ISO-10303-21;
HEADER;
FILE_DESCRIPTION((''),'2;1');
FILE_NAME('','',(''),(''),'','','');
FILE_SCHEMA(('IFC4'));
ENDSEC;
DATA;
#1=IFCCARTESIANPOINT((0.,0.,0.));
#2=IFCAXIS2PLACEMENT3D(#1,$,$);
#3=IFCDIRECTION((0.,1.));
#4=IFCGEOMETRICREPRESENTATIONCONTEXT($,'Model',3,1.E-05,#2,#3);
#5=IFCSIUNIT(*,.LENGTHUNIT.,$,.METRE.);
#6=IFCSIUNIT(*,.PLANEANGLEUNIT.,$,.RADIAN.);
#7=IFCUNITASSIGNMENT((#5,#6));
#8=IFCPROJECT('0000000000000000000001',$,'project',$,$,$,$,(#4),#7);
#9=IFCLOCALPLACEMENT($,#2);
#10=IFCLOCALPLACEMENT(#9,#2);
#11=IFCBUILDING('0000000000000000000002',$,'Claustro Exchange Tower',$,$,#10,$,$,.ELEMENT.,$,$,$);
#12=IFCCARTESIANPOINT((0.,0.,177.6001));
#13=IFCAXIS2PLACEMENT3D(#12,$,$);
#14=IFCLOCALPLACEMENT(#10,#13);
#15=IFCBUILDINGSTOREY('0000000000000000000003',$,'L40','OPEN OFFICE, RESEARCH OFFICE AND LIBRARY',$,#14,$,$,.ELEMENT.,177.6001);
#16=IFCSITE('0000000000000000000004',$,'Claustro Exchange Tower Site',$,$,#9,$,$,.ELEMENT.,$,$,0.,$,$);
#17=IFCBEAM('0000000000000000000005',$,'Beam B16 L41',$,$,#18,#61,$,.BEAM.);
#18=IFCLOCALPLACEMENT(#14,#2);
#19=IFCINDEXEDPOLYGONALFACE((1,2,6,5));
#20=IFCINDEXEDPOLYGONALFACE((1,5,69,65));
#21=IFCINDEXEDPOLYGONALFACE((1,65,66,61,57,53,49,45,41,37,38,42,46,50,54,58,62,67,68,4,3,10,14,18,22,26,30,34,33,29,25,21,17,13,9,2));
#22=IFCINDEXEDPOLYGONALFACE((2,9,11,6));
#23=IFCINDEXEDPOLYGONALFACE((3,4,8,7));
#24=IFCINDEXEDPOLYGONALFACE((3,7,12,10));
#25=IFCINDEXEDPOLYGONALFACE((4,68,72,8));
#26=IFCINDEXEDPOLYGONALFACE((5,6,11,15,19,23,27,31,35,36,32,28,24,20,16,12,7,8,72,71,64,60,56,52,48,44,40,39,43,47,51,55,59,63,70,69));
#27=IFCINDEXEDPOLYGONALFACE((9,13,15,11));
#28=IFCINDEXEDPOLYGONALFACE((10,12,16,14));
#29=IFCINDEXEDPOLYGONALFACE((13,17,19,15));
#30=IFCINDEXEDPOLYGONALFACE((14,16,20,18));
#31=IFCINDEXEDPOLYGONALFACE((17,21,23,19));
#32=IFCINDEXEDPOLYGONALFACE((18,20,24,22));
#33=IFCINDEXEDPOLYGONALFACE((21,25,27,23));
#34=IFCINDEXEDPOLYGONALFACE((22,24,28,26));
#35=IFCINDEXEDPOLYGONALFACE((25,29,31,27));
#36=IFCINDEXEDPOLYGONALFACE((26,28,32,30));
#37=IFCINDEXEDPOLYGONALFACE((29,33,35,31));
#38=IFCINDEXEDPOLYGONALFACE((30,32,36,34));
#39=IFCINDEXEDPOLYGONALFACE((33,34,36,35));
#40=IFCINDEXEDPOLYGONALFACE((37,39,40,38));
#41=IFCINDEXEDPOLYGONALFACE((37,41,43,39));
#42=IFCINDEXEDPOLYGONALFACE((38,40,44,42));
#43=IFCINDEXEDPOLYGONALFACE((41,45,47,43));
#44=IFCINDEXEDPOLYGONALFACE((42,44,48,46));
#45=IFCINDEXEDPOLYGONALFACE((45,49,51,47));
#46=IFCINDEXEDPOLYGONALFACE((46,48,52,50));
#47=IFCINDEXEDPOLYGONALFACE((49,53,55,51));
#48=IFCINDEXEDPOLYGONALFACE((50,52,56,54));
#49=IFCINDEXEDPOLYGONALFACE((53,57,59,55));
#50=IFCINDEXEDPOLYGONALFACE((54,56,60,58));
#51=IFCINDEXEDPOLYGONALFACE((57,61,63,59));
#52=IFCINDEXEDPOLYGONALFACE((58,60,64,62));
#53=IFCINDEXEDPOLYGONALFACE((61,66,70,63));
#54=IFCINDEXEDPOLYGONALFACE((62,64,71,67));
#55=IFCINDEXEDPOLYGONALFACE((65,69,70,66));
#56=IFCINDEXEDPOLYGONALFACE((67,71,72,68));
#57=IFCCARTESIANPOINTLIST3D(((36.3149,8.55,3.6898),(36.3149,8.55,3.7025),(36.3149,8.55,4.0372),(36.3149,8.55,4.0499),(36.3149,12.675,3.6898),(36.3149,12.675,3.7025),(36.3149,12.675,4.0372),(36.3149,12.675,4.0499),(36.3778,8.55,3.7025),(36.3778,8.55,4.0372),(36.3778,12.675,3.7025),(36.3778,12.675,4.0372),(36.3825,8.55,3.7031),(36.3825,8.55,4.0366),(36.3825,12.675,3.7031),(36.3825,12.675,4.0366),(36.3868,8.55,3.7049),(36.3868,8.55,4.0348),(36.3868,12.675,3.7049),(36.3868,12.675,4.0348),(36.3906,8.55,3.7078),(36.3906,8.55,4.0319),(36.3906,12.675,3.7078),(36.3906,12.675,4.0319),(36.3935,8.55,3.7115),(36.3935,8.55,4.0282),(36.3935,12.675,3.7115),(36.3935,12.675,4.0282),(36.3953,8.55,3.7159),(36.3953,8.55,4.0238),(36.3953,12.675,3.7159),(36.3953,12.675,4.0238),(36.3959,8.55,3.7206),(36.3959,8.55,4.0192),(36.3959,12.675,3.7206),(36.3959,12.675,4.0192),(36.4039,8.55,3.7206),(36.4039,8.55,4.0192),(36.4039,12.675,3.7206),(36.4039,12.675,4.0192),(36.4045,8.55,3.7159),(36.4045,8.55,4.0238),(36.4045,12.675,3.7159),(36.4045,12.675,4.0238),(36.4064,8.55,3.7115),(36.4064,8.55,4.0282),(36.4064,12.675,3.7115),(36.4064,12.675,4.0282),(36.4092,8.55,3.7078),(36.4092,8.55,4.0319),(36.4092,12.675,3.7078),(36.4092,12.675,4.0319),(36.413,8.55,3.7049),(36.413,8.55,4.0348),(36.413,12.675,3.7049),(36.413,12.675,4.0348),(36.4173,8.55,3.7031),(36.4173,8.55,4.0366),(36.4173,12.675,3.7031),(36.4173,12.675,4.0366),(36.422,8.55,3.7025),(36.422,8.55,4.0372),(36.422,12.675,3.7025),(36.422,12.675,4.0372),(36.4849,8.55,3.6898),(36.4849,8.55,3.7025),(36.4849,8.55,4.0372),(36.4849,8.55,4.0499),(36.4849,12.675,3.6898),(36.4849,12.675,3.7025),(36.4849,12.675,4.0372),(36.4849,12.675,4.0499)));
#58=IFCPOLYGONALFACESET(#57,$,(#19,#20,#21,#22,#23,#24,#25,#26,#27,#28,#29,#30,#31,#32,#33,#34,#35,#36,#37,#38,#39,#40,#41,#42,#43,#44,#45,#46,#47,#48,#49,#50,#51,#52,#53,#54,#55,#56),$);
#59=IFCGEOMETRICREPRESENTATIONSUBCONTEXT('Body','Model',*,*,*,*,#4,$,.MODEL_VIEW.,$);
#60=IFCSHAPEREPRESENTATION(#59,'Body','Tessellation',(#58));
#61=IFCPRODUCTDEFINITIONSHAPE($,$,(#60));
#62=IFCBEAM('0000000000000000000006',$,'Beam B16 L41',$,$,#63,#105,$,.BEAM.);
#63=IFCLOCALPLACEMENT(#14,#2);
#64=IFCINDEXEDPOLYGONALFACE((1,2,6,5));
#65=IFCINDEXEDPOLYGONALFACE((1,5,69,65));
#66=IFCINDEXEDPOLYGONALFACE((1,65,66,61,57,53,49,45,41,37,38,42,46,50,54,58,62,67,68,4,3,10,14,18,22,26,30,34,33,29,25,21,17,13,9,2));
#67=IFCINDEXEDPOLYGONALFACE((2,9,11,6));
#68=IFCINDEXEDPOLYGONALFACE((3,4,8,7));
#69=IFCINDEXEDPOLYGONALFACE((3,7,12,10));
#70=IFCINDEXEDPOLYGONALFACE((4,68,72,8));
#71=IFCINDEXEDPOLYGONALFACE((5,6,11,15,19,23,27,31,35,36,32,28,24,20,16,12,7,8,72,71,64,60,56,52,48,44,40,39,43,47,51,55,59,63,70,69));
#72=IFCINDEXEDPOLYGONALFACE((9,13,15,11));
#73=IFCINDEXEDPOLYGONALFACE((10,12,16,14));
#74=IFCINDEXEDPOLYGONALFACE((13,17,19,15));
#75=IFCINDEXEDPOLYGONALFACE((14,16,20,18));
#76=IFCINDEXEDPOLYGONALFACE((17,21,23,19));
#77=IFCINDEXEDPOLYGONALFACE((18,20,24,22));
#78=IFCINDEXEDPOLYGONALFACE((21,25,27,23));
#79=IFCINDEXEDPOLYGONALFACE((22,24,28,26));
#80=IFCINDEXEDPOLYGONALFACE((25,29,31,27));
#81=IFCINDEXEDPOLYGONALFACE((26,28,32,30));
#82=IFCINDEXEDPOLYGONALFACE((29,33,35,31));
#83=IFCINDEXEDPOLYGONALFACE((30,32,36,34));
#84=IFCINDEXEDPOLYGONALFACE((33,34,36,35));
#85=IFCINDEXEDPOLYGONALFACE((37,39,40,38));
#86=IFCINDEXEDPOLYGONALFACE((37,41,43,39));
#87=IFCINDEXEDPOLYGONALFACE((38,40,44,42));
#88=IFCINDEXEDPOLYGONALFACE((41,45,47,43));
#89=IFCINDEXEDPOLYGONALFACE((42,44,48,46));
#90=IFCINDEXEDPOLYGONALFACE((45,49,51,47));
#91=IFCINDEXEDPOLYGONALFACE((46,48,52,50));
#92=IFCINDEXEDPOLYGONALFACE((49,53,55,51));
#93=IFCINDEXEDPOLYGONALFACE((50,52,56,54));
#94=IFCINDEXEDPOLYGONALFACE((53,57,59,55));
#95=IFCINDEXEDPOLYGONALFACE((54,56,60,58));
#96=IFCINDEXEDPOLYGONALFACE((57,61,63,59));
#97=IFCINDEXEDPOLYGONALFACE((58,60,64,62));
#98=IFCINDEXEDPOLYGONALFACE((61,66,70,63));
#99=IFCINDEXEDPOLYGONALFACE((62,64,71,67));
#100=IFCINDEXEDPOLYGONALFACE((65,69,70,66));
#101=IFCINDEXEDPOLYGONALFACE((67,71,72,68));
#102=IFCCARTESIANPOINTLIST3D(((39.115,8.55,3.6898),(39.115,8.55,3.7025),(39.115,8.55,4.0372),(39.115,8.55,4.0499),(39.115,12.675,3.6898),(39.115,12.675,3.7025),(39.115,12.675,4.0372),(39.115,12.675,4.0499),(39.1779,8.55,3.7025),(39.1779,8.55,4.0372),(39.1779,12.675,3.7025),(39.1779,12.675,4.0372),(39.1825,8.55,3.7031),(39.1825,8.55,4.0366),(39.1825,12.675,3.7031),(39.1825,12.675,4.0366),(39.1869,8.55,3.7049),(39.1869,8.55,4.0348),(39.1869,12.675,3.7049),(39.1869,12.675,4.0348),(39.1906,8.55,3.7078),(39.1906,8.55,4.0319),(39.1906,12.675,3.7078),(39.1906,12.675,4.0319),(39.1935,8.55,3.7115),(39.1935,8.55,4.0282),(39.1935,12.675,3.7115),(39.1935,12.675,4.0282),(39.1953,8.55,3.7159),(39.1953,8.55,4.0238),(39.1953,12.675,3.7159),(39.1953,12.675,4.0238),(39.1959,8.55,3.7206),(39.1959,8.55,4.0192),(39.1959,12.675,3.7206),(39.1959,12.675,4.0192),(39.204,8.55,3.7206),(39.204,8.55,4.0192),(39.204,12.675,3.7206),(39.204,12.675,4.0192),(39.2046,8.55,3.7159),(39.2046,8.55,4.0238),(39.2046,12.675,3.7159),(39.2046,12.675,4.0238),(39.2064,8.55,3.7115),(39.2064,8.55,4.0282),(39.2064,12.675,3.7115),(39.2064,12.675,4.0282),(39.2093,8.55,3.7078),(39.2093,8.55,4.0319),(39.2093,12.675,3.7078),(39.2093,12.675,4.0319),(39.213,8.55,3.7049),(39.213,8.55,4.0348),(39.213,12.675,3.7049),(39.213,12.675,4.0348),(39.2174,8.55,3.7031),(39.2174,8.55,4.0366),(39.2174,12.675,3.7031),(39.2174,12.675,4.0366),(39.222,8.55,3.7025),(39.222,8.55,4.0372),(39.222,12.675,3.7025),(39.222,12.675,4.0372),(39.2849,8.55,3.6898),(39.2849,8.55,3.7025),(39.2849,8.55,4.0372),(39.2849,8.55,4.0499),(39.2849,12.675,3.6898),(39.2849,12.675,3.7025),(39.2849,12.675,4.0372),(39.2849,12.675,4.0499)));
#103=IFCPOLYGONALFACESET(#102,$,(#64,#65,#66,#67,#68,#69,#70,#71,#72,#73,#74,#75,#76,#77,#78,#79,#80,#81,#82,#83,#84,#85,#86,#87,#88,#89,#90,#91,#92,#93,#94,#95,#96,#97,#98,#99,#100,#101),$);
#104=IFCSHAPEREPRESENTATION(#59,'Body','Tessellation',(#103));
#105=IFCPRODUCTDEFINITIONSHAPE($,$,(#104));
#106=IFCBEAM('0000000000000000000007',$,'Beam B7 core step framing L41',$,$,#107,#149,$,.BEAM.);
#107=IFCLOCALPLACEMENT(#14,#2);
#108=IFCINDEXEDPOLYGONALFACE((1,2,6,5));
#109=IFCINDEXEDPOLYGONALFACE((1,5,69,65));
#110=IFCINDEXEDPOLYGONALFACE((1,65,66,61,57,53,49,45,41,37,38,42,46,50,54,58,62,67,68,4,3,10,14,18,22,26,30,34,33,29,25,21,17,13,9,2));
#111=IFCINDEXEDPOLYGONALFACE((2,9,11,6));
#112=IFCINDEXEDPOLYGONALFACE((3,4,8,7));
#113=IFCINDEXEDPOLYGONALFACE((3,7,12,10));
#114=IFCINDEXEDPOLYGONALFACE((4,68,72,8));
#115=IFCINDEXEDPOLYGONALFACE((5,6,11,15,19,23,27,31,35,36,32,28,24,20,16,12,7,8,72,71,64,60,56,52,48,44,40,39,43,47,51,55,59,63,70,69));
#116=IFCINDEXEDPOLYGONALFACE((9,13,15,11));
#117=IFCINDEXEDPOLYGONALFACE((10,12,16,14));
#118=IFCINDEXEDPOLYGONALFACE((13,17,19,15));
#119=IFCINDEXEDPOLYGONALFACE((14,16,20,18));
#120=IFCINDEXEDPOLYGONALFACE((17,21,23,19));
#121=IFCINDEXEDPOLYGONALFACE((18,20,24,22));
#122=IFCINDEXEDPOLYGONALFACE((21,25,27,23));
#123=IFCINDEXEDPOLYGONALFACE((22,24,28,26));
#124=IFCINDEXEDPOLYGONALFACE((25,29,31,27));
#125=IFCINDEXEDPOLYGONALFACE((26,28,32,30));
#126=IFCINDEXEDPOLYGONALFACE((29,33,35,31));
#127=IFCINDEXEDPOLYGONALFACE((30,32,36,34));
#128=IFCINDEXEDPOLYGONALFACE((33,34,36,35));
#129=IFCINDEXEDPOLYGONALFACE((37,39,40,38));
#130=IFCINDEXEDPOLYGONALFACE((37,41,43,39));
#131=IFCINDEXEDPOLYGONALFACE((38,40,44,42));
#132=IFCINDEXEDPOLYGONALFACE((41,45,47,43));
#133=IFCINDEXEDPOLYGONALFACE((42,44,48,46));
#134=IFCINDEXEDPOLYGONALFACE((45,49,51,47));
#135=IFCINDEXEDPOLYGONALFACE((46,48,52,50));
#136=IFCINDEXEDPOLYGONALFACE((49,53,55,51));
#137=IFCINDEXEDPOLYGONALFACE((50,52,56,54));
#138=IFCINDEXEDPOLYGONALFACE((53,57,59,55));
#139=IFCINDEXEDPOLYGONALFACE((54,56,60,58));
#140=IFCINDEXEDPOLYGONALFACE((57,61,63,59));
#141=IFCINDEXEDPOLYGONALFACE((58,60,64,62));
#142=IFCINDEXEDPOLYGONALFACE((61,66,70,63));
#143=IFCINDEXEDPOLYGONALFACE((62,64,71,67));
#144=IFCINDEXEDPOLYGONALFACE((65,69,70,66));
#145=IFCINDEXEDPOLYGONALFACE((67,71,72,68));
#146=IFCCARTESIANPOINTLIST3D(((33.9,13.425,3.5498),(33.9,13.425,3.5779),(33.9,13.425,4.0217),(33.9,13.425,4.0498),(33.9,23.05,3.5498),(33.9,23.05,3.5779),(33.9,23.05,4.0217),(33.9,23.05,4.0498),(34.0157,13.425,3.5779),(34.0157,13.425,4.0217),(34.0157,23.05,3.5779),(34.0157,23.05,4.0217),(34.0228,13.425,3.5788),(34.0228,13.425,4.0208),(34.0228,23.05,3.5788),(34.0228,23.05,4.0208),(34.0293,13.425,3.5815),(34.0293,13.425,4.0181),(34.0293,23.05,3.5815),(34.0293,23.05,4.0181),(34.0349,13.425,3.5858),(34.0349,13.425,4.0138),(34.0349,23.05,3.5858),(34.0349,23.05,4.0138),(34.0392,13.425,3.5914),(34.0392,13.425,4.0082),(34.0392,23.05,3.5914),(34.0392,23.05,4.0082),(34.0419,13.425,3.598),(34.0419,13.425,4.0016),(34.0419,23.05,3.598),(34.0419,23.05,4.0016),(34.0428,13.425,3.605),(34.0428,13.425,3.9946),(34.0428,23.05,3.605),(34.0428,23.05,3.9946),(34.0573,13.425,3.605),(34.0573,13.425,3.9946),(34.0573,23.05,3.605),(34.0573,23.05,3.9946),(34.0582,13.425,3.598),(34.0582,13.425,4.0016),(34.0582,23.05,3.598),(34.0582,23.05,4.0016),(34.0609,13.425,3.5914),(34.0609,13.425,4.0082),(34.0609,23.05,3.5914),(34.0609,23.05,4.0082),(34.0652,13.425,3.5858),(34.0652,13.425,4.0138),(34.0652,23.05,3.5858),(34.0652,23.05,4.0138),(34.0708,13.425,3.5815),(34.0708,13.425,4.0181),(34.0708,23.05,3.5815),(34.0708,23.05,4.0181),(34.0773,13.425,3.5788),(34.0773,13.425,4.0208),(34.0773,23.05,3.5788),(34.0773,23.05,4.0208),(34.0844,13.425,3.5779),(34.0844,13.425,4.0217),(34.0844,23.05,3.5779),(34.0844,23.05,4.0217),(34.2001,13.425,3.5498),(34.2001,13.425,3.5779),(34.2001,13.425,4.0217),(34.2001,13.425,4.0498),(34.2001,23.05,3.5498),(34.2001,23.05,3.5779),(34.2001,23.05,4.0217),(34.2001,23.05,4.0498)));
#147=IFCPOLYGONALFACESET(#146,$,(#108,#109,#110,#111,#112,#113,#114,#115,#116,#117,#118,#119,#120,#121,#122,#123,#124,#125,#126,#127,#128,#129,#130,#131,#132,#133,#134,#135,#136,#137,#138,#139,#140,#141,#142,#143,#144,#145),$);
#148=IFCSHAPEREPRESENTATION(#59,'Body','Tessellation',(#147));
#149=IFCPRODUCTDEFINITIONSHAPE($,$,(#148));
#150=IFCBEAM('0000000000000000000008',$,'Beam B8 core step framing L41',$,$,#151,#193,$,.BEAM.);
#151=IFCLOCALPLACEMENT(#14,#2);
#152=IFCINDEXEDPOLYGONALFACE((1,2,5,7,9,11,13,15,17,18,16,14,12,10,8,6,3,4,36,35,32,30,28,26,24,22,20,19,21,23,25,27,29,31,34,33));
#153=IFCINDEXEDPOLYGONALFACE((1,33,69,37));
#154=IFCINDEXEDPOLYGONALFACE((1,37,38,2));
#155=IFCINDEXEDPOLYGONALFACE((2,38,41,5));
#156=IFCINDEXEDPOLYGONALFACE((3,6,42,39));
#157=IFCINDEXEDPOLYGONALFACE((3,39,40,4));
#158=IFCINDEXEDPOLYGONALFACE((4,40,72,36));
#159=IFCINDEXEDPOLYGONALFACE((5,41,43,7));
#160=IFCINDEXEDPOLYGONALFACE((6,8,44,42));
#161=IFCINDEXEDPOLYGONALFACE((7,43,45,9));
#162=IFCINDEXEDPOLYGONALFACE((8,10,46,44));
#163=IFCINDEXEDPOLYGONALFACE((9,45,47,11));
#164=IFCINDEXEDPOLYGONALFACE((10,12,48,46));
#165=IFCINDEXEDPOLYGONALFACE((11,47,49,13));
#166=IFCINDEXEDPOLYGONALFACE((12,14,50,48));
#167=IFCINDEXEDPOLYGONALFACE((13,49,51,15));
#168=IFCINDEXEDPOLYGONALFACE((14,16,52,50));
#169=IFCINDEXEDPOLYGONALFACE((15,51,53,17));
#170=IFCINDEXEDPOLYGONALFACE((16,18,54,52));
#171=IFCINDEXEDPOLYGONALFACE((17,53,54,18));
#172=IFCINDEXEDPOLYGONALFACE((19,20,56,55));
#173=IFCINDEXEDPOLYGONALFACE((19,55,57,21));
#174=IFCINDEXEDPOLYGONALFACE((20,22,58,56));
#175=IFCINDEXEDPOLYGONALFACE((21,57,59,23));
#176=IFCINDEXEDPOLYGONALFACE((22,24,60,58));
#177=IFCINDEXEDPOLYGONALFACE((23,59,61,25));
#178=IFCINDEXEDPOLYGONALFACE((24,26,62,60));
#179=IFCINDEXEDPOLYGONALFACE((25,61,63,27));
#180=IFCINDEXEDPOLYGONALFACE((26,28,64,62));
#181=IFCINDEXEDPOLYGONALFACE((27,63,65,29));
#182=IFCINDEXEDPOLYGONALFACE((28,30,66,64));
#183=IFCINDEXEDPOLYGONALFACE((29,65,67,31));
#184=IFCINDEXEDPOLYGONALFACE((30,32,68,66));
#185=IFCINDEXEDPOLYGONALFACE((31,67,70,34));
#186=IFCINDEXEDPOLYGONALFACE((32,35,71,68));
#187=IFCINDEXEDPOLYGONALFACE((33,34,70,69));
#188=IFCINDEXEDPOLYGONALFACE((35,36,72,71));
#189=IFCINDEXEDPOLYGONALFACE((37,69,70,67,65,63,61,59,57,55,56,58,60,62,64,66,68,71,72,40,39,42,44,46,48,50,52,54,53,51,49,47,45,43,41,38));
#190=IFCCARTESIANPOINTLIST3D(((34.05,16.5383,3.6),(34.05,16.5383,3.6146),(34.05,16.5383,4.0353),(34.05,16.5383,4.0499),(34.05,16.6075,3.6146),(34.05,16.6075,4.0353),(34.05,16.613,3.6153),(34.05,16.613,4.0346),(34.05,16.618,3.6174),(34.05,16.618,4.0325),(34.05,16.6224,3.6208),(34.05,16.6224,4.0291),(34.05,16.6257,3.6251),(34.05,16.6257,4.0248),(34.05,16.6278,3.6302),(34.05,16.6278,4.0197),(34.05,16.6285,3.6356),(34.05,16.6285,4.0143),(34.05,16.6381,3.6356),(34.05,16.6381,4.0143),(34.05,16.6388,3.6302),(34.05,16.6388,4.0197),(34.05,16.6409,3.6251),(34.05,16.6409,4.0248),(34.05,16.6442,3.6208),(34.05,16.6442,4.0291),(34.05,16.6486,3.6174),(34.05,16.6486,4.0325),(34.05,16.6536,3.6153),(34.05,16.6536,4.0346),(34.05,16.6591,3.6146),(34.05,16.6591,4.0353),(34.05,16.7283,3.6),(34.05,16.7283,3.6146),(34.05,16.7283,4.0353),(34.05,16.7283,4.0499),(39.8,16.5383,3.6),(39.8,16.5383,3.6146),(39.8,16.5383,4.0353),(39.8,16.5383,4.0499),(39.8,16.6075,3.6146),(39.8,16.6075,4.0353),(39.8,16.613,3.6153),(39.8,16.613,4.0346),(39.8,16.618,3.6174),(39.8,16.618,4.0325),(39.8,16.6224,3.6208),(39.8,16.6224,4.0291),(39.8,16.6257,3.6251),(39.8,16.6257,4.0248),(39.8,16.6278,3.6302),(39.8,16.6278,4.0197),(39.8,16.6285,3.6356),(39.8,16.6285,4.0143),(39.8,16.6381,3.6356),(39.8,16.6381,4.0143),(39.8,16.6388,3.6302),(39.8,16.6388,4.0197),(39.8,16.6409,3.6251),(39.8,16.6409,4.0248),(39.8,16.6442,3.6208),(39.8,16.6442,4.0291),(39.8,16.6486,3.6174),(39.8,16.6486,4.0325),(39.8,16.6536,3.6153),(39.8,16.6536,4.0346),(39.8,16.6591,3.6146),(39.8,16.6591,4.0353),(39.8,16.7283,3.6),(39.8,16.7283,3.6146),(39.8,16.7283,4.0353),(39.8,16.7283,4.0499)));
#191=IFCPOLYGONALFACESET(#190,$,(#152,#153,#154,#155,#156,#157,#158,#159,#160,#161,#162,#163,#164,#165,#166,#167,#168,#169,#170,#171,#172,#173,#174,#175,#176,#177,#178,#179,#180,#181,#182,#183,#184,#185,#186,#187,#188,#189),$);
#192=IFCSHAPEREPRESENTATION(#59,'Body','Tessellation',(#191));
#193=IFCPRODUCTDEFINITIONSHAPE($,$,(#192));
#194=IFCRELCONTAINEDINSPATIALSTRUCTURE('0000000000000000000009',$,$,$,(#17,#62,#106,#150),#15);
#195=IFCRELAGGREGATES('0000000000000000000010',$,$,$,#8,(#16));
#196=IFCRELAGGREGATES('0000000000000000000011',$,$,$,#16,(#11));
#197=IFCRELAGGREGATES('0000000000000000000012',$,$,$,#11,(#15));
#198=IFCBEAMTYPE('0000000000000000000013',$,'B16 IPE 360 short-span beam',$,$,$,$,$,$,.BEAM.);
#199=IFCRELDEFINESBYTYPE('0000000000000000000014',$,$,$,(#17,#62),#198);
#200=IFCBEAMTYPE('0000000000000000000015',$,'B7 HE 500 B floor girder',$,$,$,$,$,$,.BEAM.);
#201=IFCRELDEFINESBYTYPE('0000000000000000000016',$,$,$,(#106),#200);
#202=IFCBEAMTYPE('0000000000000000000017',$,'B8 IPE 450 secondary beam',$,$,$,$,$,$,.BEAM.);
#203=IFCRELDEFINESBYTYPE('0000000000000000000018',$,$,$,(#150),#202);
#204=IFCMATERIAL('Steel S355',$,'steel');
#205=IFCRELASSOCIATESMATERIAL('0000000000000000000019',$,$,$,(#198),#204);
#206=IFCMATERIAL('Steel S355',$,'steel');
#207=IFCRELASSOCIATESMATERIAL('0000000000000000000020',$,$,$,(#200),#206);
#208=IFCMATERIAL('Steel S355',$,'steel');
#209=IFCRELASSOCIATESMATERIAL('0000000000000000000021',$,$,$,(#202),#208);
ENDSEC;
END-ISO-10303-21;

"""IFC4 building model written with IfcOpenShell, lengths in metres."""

from ifc_helpers import new_model, si_unit, direction, frame, origin, origin_2d, place, context, subcontext, project, spatial, i_section, extrude, material, material_profile, profile_set, type_object, element, save


model = new_model("IFC4")

# Units and contexts
model_context = context("Model", 3, precision=1e-05, world=origin(), true_north=direction((0.0, 1.0)))
body_context = subcontext(model_context, "Body", "Model", "MODEL_VIEW")
ifc_project = project(units=[si_unit("LENGTHUNIT", "METRE"), si_unit("PLANEANGLEUNIT", "RADIAN")], contexts=[model_context])

# Site, building, storey
site_placement = place(None, origin())
site = spatial("IfcSite", under=ifc_project, at=site_placement, Name="Claustro Exchange Tower Site", CompositionType="ELEMENT", RefElevation=0.0)
building_placement = place(site_placement, origin())
building = spatial("IfcBuilding", under=site, at=building_placement, Name="Claustro Exchange Tower", CompositionType="ELEMENT")
storey_placement = place(building_placement, frame((0.0, 0.0, 177.6001)))
storey = spatial("IfcBuildingStorey", under=building, at=storey_placement, Name="L40", Description="OPEN OFFICE, RESEARCH OFFICE AND LIBRARY", CompositionType="ELEMENT", Elevation=177.6001)

# Beams
ifc_material_1 = material(Name="Steel S355", Category="steel")
ifc_material_profile_1 = material_profile(ifc_material_1, i_section(OverallWidth=0.1699, OverallDepth=0.3601, WebThickness=0.0081, FlangeThickness=0.0127, FilletRadius=0.0181, at=origin_2d()), Name="IPE 360")
ifc_profile_set_1 = profile_set([ifc_material_profile_1], Name="Steel S355")
beam_type_1 = type_object("IfcBeamType", Name="B16 IPE 360 short-span beam", PredefinedType="BEAM", material=ifc_profile_set_1)
for number, where, z_axis, x_axis, name in (
    (1, (36.3999, 8.55, 3.8699), (0.0, 1.0, 0.0), (-1.0, 0.0, 0.0), "Beam B16 L41"),
    (2, (39.2, 8.55, 3.8699), (0.0, 1.0, 0.0), (-1.0, 0.0, 0.0), "Beam B16 L41"),
):
    element("IfcBeam", number, at=place(storey_placement, frame(where, z_axis=z_axis, x_axis=x_axis)), inside=storey, type_object=beam_type_1, Name=name, PredefinedType="BEAM", context=body_context, shape_type="SweptSolid", body=[
        extrude(i_section(OverallWidth=0.1699, OverallDepth=0.3601, WebThickness=0.0081, FlangeThickness=0.0127, FilletRadius=0.0181, at=origin_2d()), origin(), (0.0, 0.0, 1.0), 4.125),
    ])
ifc_material_2 = material(Name="Steel S355", Category="steel")
ifc_material_profile_2 = material_profile(ifc_material_2, i_section(OverallWidth=0.3, OverallDepth=0.5, WebThickness=0.0144, FlangeThickness=0.0281, FilletRadius=0.0271, at=origin_2d()), Name="HE 500 B")
ifc_profile_set_2 = profile_set([ifc_material_profile_2], Name="Steel S355")
beam_type_2 = type_object("IfcBeamType", Name="B7 HE 500 B floor girder", PredefinedType="BEAM", material=ifc_profile_set_2)
beam_placement = place(storey_placement, frame((34.05, 13.425, 3.7998), z_axis=(0.0, 1.0, 0.0), x_axis=(-1.0, 0.0, 0.0)))
element("IfcBeam", 3, at=beam_placement, inside=storey, type_object=beam_type_2, Name="Beam B7 core step framing L41", PredefinedType="BEAM", context=body_context, shape_type="SweptSolid", body=[
    extrude(i_section(OverallWidth=0.3, OverallDepth=0.5, WebThickness=0.0144, FlangeThickness=0.0281, FilletRadius=0.0271, at=origin_2d()), origin(), (0.0, 0.0, 1.0), 9.625),
])
ifc_material_3 = material(Name="Steel S355", Category="steel")
ifc_material_profile_3 = material_profile(ifc_material_3, i_section(OverallWidth=0.1899, OverallDepth=0.45, WebThickness=0.0095, FlangeThickness=0.0146, FilletRadius=0.021, at=origin_2d()), Name="IPE 450")
ifc_profile_set_3 = profile_set([ifc_material_profile_3], Name="Steel S355")
beam_type_3 = type_object("IfcBeamType", Name="B8 IPE 450 secondary beam", PredefinedType="BEAM", material=ifc_profile_set_3)
for number, where, z_axis, x_axis, name in (
    (4, (34.05, 16.6333, 3.825), (1.0, 0.0, 0.0), (0.0, 1.0, 0.0), "Beam B8 core step framing L41"),
):
    element("IfcBeam", number, at=place(storey_placement, frame(where, z_axis=z_axis, x_axis=x_axis)), inside=storey, type_object=beam_type_3, Name=name, PredefinedType="BEAM", context=body_context, shape_type="SweptSolid", body=[
        extrude(i_section(OverallWidth=0.1899, OverallDepth=0.45, WebThickness=0.0095, FlangeThickness=0.0146, FilletRadius=0.021, at=origin_2d()), origin(), (0.0, 0.0, 1.0), 5.75),
    ])

save(model, "model.ifc")
